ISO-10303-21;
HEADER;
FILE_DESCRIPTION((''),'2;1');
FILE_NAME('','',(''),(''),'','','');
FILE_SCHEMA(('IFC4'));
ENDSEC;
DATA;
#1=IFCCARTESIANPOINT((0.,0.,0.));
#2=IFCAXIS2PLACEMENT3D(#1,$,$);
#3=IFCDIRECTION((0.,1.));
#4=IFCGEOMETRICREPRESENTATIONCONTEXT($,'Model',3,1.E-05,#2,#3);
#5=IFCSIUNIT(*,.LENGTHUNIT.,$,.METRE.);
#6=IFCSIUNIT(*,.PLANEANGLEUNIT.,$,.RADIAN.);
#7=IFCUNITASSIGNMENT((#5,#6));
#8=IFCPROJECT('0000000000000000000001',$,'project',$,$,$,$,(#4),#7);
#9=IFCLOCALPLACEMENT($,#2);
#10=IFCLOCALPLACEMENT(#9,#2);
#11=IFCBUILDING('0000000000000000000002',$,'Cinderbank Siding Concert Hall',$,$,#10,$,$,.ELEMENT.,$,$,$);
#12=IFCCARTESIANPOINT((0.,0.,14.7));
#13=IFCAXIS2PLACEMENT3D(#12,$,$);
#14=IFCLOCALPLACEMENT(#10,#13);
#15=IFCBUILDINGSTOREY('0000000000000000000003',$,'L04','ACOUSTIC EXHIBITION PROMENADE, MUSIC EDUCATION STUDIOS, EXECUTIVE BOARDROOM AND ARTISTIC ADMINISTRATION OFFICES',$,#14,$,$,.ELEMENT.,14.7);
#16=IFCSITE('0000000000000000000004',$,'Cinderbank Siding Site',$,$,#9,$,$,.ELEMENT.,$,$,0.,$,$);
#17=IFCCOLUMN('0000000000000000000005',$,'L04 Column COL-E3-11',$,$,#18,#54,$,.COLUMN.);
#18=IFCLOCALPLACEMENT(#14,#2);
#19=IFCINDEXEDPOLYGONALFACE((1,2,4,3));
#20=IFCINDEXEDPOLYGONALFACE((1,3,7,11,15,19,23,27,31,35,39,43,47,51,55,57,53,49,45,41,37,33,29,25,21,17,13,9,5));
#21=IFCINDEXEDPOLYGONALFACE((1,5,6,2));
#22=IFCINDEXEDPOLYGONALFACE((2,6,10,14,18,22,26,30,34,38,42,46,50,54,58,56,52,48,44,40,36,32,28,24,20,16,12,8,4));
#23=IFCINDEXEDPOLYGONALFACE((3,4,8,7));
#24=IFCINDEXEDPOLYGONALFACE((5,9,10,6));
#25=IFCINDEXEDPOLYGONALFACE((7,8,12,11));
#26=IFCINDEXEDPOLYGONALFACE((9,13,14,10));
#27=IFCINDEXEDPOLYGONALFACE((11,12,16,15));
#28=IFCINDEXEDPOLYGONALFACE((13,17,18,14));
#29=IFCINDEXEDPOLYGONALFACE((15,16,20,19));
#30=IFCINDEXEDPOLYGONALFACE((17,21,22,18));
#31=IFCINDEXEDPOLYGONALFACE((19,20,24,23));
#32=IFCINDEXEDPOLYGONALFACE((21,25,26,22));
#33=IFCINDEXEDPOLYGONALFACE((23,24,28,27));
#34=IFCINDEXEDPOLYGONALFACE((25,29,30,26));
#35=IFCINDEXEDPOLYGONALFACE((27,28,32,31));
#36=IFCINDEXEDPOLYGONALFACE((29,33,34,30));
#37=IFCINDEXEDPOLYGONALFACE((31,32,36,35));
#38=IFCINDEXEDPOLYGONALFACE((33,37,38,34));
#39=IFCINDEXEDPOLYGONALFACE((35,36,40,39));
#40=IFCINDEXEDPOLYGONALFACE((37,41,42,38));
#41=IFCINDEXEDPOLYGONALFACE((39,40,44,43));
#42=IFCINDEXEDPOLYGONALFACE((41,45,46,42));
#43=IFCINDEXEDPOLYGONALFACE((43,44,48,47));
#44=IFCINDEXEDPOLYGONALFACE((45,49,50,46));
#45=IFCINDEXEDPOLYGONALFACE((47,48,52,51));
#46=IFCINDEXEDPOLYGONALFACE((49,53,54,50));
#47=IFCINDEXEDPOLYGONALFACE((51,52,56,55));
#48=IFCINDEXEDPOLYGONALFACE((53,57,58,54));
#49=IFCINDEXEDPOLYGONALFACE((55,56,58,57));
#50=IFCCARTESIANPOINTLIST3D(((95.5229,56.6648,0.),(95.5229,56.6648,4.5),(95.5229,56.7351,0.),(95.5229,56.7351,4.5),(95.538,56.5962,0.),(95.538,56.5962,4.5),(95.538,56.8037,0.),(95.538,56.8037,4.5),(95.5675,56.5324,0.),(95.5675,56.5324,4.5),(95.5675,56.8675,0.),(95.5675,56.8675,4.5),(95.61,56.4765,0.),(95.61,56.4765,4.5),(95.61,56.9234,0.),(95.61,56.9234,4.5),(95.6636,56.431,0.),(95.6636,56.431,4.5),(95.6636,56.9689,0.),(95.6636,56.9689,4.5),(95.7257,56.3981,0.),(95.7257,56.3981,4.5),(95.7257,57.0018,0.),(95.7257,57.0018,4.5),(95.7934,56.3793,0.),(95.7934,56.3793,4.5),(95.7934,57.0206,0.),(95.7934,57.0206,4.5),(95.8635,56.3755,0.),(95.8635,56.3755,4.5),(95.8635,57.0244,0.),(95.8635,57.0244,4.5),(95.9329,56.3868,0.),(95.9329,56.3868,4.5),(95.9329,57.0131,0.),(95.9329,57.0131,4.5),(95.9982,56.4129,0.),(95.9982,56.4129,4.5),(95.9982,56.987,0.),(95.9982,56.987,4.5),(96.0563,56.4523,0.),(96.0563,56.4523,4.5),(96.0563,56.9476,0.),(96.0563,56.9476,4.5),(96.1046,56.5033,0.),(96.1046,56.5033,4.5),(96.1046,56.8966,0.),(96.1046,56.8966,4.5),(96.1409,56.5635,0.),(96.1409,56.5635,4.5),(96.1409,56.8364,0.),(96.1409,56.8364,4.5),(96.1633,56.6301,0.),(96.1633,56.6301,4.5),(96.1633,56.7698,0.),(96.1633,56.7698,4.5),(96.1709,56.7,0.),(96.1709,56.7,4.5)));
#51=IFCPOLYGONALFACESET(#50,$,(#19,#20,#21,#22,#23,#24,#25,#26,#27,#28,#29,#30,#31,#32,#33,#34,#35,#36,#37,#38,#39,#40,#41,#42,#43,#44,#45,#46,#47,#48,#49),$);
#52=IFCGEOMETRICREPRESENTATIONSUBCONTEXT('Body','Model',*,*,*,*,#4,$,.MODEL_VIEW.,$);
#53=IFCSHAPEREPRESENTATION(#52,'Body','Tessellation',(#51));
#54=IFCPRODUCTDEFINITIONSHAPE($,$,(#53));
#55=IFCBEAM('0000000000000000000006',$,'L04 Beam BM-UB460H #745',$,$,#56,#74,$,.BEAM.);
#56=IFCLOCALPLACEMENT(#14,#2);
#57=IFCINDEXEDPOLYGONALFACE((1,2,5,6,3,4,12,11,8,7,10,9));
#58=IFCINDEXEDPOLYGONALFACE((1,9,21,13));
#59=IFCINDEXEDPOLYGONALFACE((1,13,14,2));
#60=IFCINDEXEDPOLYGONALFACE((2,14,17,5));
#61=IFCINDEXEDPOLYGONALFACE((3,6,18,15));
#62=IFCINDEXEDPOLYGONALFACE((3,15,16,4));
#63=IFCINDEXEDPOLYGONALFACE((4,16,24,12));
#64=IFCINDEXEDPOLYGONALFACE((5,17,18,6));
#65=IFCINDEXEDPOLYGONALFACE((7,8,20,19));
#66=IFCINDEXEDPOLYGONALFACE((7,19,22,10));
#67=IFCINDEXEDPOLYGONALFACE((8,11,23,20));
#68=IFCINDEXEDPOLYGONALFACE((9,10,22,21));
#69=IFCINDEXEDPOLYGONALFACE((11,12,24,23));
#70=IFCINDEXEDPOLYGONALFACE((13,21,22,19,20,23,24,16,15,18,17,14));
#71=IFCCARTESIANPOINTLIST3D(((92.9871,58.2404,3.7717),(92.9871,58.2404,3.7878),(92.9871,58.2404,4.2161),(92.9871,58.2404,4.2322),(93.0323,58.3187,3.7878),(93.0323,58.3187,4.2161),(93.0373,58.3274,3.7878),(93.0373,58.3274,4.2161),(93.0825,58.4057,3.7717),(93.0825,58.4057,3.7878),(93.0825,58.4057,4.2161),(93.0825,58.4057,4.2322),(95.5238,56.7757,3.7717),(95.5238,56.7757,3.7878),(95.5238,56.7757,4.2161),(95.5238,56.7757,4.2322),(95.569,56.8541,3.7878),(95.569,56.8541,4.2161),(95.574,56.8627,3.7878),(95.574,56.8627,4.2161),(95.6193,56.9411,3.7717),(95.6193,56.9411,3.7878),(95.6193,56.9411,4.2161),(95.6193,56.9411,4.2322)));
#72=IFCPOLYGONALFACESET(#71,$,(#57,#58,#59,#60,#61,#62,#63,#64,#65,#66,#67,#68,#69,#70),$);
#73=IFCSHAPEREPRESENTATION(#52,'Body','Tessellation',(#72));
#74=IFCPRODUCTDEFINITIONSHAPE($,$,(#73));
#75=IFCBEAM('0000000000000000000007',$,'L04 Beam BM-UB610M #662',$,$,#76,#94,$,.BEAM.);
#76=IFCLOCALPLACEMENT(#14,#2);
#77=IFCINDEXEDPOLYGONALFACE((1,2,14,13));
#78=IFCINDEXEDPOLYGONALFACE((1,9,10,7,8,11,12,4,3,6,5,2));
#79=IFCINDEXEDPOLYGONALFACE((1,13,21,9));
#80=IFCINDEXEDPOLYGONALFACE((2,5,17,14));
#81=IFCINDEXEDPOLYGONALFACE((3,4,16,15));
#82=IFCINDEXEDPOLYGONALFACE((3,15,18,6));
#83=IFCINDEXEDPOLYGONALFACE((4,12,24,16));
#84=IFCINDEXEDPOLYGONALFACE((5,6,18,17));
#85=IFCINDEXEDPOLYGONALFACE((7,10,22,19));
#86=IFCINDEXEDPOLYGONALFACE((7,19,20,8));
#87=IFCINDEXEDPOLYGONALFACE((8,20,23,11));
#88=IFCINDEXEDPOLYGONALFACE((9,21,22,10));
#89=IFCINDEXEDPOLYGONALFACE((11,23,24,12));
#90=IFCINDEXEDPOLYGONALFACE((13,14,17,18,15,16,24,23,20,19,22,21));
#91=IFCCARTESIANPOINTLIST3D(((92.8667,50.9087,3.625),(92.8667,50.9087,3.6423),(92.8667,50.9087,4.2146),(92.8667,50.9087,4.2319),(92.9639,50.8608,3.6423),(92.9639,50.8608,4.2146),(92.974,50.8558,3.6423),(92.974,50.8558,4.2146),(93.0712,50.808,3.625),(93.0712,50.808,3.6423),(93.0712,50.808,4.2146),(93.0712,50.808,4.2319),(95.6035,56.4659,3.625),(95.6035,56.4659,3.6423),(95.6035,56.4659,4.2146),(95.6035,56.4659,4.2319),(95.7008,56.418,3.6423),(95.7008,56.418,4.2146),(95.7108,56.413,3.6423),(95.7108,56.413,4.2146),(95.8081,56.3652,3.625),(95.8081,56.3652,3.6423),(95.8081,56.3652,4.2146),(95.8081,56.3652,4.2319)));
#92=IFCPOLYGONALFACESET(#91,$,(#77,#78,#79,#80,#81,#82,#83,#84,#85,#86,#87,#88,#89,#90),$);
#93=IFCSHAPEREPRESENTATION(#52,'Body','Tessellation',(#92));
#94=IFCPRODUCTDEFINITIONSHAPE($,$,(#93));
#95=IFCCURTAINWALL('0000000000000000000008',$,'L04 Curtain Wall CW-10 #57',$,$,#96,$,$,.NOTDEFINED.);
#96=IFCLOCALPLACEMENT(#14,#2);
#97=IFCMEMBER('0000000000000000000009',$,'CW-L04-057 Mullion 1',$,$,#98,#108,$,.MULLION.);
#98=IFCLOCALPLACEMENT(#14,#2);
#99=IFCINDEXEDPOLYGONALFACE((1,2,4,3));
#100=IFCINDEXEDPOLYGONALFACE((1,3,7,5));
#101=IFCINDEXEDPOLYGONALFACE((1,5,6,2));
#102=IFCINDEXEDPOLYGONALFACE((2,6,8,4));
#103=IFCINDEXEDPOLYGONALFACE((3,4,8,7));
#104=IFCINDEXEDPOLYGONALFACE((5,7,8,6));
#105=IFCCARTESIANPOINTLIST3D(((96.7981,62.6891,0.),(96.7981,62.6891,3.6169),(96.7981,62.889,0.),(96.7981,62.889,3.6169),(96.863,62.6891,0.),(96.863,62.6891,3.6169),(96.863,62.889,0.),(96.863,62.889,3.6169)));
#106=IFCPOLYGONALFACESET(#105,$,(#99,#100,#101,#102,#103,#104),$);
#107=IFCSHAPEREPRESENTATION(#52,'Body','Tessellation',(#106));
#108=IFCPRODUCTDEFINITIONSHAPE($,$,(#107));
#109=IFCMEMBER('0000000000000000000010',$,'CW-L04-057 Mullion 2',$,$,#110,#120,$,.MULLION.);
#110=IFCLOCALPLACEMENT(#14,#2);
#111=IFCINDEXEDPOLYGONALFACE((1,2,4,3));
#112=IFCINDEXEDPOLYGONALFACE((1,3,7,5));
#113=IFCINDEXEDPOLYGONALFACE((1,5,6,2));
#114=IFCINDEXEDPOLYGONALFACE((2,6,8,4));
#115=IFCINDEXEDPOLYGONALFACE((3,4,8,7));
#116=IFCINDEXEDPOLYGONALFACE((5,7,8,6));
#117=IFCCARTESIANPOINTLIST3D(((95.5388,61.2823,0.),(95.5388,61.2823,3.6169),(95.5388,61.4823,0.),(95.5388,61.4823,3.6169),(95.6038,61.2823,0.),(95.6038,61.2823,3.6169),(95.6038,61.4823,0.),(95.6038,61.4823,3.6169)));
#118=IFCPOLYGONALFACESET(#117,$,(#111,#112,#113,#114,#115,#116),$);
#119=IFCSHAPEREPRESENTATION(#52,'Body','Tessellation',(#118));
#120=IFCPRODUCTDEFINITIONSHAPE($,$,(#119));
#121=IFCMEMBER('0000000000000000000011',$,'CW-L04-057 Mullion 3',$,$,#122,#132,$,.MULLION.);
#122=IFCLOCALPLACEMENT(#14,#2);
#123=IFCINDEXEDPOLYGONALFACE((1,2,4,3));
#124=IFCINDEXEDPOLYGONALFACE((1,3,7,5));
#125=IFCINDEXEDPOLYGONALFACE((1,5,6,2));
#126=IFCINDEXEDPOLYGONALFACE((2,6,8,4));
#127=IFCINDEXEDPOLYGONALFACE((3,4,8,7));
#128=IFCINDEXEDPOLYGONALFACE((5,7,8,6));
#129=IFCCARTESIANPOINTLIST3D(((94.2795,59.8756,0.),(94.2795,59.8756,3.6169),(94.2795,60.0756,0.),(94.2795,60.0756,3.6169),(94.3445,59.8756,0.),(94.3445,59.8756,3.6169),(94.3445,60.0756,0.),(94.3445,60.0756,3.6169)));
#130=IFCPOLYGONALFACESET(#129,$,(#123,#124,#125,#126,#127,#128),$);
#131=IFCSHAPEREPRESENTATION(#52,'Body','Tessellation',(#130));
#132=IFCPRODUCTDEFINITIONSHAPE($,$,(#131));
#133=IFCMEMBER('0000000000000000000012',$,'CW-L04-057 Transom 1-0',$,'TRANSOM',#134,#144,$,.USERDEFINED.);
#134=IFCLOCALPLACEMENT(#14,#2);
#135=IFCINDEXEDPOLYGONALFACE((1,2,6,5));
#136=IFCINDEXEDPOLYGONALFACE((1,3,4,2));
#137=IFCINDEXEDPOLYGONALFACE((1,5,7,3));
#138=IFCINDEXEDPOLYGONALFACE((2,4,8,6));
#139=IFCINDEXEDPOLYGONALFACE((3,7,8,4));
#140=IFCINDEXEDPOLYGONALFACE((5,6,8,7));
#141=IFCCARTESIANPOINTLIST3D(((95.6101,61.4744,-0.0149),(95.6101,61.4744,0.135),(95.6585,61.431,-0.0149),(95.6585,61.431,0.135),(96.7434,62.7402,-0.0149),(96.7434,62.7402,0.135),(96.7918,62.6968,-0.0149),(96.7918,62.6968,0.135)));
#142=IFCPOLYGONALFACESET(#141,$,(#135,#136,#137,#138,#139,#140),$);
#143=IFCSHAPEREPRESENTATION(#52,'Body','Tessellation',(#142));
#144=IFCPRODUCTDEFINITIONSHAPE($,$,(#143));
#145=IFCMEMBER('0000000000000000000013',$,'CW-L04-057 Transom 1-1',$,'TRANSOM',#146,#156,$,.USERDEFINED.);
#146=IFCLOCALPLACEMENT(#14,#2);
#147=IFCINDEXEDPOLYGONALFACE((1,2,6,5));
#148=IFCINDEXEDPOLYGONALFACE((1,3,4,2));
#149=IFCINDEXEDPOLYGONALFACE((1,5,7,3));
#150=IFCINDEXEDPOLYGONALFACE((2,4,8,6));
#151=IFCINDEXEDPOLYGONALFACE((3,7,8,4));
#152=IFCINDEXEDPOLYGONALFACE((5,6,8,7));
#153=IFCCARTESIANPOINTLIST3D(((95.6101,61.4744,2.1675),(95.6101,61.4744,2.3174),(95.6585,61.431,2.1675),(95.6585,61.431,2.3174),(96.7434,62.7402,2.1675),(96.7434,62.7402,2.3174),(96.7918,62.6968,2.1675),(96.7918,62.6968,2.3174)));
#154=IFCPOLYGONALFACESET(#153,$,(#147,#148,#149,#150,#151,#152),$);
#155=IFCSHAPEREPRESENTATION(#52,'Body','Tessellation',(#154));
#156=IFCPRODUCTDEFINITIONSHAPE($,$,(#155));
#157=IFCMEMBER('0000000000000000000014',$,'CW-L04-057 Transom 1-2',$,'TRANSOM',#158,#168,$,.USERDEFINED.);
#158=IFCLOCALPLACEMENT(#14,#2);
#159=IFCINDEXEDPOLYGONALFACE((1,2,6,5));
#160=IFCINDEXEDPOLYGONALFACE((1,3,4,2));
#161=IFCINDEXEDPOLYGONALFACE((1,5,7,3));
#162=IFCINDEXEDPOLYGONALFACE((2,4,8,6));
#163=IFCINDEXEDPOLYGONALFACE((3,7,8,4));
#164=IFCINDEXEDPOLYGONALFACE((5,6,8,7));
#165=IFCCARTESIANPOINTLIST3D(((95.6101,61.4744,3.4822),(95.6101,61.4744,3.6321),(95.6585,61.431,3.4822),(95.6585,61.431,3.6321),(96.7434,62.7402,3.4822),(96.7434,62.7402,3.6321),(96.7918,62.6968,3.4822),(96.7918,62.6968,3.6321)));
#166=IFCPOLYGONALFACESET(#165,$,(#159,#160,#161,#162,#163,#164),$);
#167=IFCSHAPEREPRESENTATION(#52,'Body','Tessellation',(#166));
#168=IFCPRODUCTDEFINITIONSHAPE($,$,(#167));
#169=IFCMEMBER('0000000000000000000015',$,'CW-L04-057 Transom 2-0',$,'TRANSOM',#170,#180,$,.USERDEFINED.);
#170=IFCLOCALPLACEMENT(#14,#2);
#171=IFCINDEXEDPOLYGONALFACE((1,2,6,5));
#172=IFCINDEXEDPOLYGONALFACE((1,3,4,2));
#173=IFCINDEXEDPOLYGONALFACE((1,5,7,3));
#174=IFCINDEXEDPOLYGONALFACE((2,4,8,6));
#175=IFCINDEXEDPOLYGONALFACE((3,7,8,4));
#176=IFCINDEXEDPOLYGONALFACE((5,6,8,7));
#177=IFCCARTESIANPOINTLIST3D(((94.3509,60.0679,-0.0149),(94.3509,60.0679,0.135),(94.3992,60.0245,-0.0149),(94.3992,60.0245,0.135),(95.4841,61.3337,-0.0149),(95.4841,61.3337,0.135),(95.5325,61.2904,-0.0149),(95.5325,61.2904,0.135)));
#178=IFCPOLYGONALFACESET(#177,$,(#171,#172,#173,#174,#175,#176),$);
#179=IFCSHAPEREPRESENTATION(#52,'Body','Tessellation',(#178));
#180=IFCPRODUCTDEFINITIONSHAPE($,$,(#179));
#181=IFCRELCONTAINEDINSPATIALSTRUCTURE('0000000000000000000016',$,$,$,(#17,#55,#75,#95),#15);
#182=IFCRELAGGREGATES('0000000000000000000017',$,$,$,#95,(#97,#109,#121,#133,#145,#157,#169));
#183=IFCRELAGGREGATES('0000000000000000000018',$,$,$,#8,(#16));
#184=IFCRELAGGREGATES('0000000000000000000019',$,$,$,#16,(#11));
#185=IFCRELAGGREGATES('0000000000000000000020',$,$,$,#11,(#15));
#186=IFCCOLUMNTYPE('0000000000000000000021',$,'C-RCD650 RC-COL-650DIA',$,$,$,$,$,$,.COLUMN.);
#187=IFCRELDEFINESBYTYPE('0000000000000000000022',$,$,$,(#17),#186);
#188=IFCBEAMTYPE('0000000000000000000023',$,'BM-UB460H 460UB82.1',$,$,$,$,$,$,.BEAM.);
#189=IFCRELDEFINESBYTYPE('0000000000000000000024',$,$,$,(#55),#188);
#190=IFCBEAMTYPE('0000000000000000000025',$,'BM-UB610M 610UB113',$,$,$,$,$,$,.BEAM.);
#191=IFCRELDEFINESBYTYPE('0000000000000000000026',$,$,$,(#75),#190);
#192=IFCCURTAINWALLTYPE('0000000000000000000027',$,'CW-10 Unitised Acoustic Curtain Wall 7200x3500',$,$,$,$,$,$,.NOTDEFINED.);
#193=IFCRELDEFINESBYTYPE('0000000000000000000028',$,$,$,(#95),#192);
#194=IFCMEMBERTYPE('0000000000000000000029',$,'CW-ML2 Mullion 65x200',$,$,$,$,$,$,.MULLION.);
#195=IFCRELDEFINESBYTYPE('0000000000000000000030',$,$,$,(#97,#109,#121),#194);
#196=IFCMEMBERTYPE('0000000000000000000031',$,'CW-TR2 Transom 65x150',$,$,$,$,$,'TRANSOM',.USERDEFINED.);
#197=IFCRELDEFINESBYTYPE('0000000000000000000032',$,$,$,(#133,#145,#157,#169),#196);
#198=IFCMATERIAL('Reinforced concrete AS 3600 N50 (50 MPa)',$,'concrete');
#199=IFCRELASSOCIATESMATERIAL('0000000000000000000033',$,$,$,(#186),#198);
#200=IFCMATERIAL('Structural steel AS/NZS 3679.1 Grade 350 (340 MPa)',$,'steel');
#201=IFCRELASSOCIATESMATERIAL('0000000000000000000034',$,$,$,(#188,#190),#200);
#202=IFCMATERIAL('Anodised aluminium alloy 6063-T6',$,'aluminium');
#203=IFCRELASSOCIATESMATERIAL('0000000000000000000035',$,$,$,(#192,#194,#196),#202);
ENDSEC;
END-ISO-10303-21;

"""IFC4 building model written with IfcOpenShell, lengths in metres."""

from ifc_helpers import new_model, si_unit, direction, frame, origin, origin_2d, place, context, subcontext, project, spatial, rectangle, circle, i_section, extrude, material, material_profile, profile_set, type_object, element, aggregate, save


model = new_model("IFC4")

# Units and contexts
model_context = context("Model", 3, precision=1e-05, world=origin(), true_north=direction((0.0, 1.0)))
body_context = subcontext(model_context, "Body", "Model", "MODEL_VIEW")
ifc_project = project(units=[si_unit("LENGTHUNIT", "METRE"), si_unit("PLANEANGLEUNIT", "RADIAN")], contexts=[model_context])

# Site, building, storey
site_placement = place(None, origin())
site = spatial("IfcSite", under=ifc_project, at=site_placement, Name="Cinderbank Siding Site", CompositionType="ELEMENT", RefElevation=0.0)
building_placement = place(site_placement, origin())
building = spatial("IfcBuilding", under=site, at=building_placement, Name="Cinderbank Siding Concert Hall", CompositionType="ELEMENT")
storey_placement = place(building_placement, frame((0.0, 0.0, 14.7)))
storey = spatial("IfcBuildingStorey", under=building, at=storey_placement, Name="L04", Description="ACOUSTIC EXHIBITION PROMENADE, MUSIC EDUCATION STUDIOS, EXECUTIVE BOARDROOM AND ARTISTIC ADMINISTRATION OFFICES", CompositionType="ELEMENT", Elevation=14.7)

# Column
ifc_material_1 = material(Name="Reinforced concrete AS 3600 N50 (50 MPa)", Category="concrete")
ifc_material_profile_1 = material_profile(ifc_material_1, circle(Radius=0.325, at=origin_2d()), Name="RC-COL-650DIA", Category="LoadBearing")
ifc_profile_set_1 = profile_set([ifc_material_profile_1], Name="Reinforced concrete AS 3600 N50 (50 MPa)")
column_type = type_object("IfcColumnType", Name="C-RCD650 RC-COL-650DIA", PredefinedType="COLUMN", material=ifc_profile_set_1)
column_placement = place(storey_placement, frame((95.8459, 56.7, 0.0), z_axis=(0.0, 0.0, 1.0), x_axis=(1.0, 0.0, 0.0)))
element("IfcColumn", 1, at=column_placement, inside=storey, type_object=column_type, Name="L04 Column COL-E3-11", PredefinedType="COLUMN", context=body_context, shape_type="SweptSolid", body=[
    extrude(circle(Radius=0.325, at=origin_2d()), origin(), (0.0, 0.0, 1.0), 4.5),
])

# Beams
ifc_material_2 = material(Name="Structural steel AS/NZS 3679.1 Grade 350 (340 MPa)", Category="steel")
ifc_material_profile_2 = material_profile(ifc_material_2, i_section(OverallWidth=0.1909, OverallDepth=0.4604, WebThickness=0.01, FlangeThickness=0.0161, at=origin_2d()), Name="460UB82.1", Category="LoadBearing")
ifc_profile_set_2 = profile_set([ifc_material_profile_2], Name="Structural steel AS/NZS 3679.1 Grade 350 (340 MPa)")
beam_type_1 = type_object("IfcBeamType", Name="BM-UB460H 460UB82.1", PredefinedType="BEAM", material=ifc_profile_set_2)
beam_1_placement = place(storey_placement, frame((95.5715, 56.8584, 4.002), z_axis=(-0.866013, 0.500021, 0.0), x_axis=(-0.500021, -0.866013, 0.0)))
element("IfcBeam", 2, at=beam_1_placement, inside=storey, type_object=beam_type_1, Name="L04 Beam BM-UB460H #745", PredefinedType="BEAM", context=body_context, shape_type="SweptSolid", body=[
    extrude(i_section(OverallWidth=0.1909, OverallDepth=0.4604, WebThickness=0.01, FlangeThickness=0.0161, at=origin_2d()), origin(), (0.0, 0.0, 1.0), 2.9292),
])
ifc_material_profile_3 = material_profile(ifc_material_2, i_section(OverallWidth=0.228, OverallDepth=0.6069, WebThickness=0.0112, FlangeThickness=0.0173, at=origin_2d()), Name="610UB113", Category="LoadBearing")
ifc_profile_set_3 = profile_set([ifc_material_profile_3], Name="Structural steel AS/NZS 3679.1 Grade 350 (340 MPa)")
beam_type_2 = type_object("IfcBeamType", Name="BM-UB610M 610UB113", PredefinedType="BEAM", material=ifc_profile_set_3)
beam_2_placement = place(storey_placement, frame((95.7058, 56.4155, 3.9285), z_axis=(-0.441814, -0.897107, 0.0), x_axis=(0.897107, -0.441814, 0.0)))
element("IfcBeam", 3, at=beam_2_placement, inside=storey, type_object=beam_type_2, Name="L04 Beam BM-UB610M #662", PredefinedType="BEAM", context=body_context, shape_type="SweptSolid", body=[
    extrude(i_section(OverallWidth=0.228, OverallDepth=0.6069, WebThickness=0.0112, FlangeThickness=0.0173, at=origin_2d()), origin(), (0.0, 0.0, 1.0), 6.1946),
])

# Curtain wall, members
ifc_material_3 = material(Name="Anodised aluminium alloy 6063-T6", Category="aluminium")
curtain_wall_type = type_object("IfcCurtainWallType", Name="CW-10 Unitised Acoustic Curtain Wall 7200x3500", PredefinedType="NOTDEFINED", material=ifc_material_3)
curtain_wall_placement = place(storey_placement, origin())
curtain_wall = element("IfcCurtainWall", 4, at=curtain_wall_placement, inside=storey, type_object=curtain_wall_type, Name="L04 Curtain Wall CW-10 #57", PredefinedType="NOTDEFINED")
ifc_material_profile_4 = material_profile(ifc_material_3, rectangle(XDim=0.0649, YDim=0.2, at=origin_2d()), Name="ALU-MULL-65x200", Category="LoadBearing")
ifc_profile_set_4 = profile_set([ifc_material_profile_4], Name="Anodised aluminium alloy 6063-T6")
member_type_1 = type_object("IfcMemberType", Name="CW-ML2 Mullion 65x200", PredefinedType="MULLION", material=ifc_profile_set_4)
member_1_placement = place(storey_placement, frame((96.8306, 62.7891, 0.0), z_axis=(0.0, 0.0, 1.0), x_axis=(1.0, 0.0, 0.0)))
member_1 = element("IfcMember", 5, at=member_1_placement, type_object=member_type_1, Name="CW-L04-057 Mullion 1", PredefinedType="MULLION", context=body_context, shape_type="SweptSolid", body=[
    extrude(rectangle(XDim=0.0649, YDim=0.2, at=origin_2d()), origin(), (0.0, 0.0, 1.0), 3.6169),
])
member_2_placement = place(storey_placement, frame((95.5713, 61.3823, 0.0), z_axis=(0.0, 0.0, 1.0), x_axis=(1.0, 0.0, 0.0)))
member_2 = element("IfcMember", 6, at=member_2_placement, type_object=member_type_1, Name="CW-L04-057 Mullion 2", PredefinedType="MULLION", context=body_context, shape_type="SweptSolid", body=[
    extrude(rectangle(XDim=0.0649, YDim=0.2, at=origin_2d()), origin(), (0.0, 0.0, 1.0), 3.6169),
])
member_3_placement = place(storey_placement, frame((94.312, 59.9756, 0.0), z_axis=(0.0, 0.0, 1.0), x_axis=(1.0, 0.0, 0.0)))
member_3 = element("IfcMember", 7, at=member_3_placement, type_object=member_type_1, Name="CW-L04-057 Mullion 3", PredefinedType="MULLION", context=body_context, shape_type="SweptSolid", body=[
    extrude(rectangle(XDim=0.0649, YDim=0.2, at=origin_2d()), origin(), (0.0, 0.0, 1.0), 3.6169),
])
ifc_material_profile_5 = material_profile(ifc_material_3, rectangle(XDim=0.0649, YDim=0.1499, at=origin_2d()), Name="ALU-TRAN-65x150", Category="LoadBearing")
ifc_profile_set_5 = profile_set([ifc_material_profile_5], Name="Anodised aluminium alloy 6063-T6")
member_type_2 = type_object("IfcMemberType", Name="CW-TR2 Transom 65x150", ElementType="TRANSOM", PredefinedType="USERDEFINED", material=ifc_profile_set_5)
member_4_placement = place(storey_placement, frame((96.7676, 62.7185, 0.0601), z_axis=(-0.667017, -0.745042, 0.0), x_axis=(0.745042, -0.667017, 0.0)))
member_4 = element("IfcMember", 8, at=member_4_placement, type_object=member_type_2, Name="CW-L04-057 Transom 1-0", ObjectType="TRANSOM", PredefinedType="USERDEFINED", context=body_context, shape_type="SweptSolid", body=[
    extrude(rectangle(XDim=0.0649, YDim=0.1499, at=origin_2d()), origin(), (0.0, 0.0, 1.0), 1.699),
])
member_5_placement = place(storey_placement, frame((96.7676, 62.7185, 2.2424), z_axis=(-0.667017, -0.745042, 0.0), x_axis=(0.745042, -0.667017, 0.0)))
member_5 = element("IfcMember", 9, at=member_5_placement, type_object=member_type_2, Name="CW-L04-057 Transom 1-1", ObjectType="TRANSOM", PredefinedType="USERDEFINED", context=body_context, shape_type="SweptSolid", body=[
    extrude(rectangle(XDim=0.0649, YDim=0.1499, at=origin_2d()), origin(), (0.0, 0.0, 1.0), 1.699),
])
member_6_placement = place(storey_placement, frame((96.7676, 62.7185, 3.5571), z_axis=(-0.667017, -0.745042, 0.0), x_axis=(0.745042, -0.667017, 0.0)))
member_6 = element("IfcMember", 10, at=member_6_placement, type_object=member_type_2, Name="CW-L04-057 Transom 1-2", ObjectType="TRANSOM", PredefinedType="USERDEFINED", context=body_context, shape_type="SweptSolid", body=[
    extrude(rectangle(XDim=0.0649, YDim=0.1499, at=origin_2d()), origin(), (0.0, 0.0, 1.0), 1.699),
])
member_7_placement = place(storey_placement, frame((95.5083, 61.312, 0.0601), z_axis=(-0.667017, -0.745042, 0.0), x_axis=(0.745042, -0.667017, 0.0)))
member_7 = element("IfcMember", 11, at=member_7_placement, type_object=member_type_2, Name="CW-L04-057 Transom 2-0", ObjectType="TRANSOM", PredefinedType="USERDEFINED", context=body_context, shape_type="SweptSolid", body=[
    extrude(rectangle(XDim=0.0649, YDim=0.1499, at=origin_2d()), origin(), (0.0, 0.0, 1.0), 1.699),
])
aggregate(curtain_wall, [member_1, member_2, member_3, member_4, member_5, member_6, member_7])

save(model, "model.ifc")
